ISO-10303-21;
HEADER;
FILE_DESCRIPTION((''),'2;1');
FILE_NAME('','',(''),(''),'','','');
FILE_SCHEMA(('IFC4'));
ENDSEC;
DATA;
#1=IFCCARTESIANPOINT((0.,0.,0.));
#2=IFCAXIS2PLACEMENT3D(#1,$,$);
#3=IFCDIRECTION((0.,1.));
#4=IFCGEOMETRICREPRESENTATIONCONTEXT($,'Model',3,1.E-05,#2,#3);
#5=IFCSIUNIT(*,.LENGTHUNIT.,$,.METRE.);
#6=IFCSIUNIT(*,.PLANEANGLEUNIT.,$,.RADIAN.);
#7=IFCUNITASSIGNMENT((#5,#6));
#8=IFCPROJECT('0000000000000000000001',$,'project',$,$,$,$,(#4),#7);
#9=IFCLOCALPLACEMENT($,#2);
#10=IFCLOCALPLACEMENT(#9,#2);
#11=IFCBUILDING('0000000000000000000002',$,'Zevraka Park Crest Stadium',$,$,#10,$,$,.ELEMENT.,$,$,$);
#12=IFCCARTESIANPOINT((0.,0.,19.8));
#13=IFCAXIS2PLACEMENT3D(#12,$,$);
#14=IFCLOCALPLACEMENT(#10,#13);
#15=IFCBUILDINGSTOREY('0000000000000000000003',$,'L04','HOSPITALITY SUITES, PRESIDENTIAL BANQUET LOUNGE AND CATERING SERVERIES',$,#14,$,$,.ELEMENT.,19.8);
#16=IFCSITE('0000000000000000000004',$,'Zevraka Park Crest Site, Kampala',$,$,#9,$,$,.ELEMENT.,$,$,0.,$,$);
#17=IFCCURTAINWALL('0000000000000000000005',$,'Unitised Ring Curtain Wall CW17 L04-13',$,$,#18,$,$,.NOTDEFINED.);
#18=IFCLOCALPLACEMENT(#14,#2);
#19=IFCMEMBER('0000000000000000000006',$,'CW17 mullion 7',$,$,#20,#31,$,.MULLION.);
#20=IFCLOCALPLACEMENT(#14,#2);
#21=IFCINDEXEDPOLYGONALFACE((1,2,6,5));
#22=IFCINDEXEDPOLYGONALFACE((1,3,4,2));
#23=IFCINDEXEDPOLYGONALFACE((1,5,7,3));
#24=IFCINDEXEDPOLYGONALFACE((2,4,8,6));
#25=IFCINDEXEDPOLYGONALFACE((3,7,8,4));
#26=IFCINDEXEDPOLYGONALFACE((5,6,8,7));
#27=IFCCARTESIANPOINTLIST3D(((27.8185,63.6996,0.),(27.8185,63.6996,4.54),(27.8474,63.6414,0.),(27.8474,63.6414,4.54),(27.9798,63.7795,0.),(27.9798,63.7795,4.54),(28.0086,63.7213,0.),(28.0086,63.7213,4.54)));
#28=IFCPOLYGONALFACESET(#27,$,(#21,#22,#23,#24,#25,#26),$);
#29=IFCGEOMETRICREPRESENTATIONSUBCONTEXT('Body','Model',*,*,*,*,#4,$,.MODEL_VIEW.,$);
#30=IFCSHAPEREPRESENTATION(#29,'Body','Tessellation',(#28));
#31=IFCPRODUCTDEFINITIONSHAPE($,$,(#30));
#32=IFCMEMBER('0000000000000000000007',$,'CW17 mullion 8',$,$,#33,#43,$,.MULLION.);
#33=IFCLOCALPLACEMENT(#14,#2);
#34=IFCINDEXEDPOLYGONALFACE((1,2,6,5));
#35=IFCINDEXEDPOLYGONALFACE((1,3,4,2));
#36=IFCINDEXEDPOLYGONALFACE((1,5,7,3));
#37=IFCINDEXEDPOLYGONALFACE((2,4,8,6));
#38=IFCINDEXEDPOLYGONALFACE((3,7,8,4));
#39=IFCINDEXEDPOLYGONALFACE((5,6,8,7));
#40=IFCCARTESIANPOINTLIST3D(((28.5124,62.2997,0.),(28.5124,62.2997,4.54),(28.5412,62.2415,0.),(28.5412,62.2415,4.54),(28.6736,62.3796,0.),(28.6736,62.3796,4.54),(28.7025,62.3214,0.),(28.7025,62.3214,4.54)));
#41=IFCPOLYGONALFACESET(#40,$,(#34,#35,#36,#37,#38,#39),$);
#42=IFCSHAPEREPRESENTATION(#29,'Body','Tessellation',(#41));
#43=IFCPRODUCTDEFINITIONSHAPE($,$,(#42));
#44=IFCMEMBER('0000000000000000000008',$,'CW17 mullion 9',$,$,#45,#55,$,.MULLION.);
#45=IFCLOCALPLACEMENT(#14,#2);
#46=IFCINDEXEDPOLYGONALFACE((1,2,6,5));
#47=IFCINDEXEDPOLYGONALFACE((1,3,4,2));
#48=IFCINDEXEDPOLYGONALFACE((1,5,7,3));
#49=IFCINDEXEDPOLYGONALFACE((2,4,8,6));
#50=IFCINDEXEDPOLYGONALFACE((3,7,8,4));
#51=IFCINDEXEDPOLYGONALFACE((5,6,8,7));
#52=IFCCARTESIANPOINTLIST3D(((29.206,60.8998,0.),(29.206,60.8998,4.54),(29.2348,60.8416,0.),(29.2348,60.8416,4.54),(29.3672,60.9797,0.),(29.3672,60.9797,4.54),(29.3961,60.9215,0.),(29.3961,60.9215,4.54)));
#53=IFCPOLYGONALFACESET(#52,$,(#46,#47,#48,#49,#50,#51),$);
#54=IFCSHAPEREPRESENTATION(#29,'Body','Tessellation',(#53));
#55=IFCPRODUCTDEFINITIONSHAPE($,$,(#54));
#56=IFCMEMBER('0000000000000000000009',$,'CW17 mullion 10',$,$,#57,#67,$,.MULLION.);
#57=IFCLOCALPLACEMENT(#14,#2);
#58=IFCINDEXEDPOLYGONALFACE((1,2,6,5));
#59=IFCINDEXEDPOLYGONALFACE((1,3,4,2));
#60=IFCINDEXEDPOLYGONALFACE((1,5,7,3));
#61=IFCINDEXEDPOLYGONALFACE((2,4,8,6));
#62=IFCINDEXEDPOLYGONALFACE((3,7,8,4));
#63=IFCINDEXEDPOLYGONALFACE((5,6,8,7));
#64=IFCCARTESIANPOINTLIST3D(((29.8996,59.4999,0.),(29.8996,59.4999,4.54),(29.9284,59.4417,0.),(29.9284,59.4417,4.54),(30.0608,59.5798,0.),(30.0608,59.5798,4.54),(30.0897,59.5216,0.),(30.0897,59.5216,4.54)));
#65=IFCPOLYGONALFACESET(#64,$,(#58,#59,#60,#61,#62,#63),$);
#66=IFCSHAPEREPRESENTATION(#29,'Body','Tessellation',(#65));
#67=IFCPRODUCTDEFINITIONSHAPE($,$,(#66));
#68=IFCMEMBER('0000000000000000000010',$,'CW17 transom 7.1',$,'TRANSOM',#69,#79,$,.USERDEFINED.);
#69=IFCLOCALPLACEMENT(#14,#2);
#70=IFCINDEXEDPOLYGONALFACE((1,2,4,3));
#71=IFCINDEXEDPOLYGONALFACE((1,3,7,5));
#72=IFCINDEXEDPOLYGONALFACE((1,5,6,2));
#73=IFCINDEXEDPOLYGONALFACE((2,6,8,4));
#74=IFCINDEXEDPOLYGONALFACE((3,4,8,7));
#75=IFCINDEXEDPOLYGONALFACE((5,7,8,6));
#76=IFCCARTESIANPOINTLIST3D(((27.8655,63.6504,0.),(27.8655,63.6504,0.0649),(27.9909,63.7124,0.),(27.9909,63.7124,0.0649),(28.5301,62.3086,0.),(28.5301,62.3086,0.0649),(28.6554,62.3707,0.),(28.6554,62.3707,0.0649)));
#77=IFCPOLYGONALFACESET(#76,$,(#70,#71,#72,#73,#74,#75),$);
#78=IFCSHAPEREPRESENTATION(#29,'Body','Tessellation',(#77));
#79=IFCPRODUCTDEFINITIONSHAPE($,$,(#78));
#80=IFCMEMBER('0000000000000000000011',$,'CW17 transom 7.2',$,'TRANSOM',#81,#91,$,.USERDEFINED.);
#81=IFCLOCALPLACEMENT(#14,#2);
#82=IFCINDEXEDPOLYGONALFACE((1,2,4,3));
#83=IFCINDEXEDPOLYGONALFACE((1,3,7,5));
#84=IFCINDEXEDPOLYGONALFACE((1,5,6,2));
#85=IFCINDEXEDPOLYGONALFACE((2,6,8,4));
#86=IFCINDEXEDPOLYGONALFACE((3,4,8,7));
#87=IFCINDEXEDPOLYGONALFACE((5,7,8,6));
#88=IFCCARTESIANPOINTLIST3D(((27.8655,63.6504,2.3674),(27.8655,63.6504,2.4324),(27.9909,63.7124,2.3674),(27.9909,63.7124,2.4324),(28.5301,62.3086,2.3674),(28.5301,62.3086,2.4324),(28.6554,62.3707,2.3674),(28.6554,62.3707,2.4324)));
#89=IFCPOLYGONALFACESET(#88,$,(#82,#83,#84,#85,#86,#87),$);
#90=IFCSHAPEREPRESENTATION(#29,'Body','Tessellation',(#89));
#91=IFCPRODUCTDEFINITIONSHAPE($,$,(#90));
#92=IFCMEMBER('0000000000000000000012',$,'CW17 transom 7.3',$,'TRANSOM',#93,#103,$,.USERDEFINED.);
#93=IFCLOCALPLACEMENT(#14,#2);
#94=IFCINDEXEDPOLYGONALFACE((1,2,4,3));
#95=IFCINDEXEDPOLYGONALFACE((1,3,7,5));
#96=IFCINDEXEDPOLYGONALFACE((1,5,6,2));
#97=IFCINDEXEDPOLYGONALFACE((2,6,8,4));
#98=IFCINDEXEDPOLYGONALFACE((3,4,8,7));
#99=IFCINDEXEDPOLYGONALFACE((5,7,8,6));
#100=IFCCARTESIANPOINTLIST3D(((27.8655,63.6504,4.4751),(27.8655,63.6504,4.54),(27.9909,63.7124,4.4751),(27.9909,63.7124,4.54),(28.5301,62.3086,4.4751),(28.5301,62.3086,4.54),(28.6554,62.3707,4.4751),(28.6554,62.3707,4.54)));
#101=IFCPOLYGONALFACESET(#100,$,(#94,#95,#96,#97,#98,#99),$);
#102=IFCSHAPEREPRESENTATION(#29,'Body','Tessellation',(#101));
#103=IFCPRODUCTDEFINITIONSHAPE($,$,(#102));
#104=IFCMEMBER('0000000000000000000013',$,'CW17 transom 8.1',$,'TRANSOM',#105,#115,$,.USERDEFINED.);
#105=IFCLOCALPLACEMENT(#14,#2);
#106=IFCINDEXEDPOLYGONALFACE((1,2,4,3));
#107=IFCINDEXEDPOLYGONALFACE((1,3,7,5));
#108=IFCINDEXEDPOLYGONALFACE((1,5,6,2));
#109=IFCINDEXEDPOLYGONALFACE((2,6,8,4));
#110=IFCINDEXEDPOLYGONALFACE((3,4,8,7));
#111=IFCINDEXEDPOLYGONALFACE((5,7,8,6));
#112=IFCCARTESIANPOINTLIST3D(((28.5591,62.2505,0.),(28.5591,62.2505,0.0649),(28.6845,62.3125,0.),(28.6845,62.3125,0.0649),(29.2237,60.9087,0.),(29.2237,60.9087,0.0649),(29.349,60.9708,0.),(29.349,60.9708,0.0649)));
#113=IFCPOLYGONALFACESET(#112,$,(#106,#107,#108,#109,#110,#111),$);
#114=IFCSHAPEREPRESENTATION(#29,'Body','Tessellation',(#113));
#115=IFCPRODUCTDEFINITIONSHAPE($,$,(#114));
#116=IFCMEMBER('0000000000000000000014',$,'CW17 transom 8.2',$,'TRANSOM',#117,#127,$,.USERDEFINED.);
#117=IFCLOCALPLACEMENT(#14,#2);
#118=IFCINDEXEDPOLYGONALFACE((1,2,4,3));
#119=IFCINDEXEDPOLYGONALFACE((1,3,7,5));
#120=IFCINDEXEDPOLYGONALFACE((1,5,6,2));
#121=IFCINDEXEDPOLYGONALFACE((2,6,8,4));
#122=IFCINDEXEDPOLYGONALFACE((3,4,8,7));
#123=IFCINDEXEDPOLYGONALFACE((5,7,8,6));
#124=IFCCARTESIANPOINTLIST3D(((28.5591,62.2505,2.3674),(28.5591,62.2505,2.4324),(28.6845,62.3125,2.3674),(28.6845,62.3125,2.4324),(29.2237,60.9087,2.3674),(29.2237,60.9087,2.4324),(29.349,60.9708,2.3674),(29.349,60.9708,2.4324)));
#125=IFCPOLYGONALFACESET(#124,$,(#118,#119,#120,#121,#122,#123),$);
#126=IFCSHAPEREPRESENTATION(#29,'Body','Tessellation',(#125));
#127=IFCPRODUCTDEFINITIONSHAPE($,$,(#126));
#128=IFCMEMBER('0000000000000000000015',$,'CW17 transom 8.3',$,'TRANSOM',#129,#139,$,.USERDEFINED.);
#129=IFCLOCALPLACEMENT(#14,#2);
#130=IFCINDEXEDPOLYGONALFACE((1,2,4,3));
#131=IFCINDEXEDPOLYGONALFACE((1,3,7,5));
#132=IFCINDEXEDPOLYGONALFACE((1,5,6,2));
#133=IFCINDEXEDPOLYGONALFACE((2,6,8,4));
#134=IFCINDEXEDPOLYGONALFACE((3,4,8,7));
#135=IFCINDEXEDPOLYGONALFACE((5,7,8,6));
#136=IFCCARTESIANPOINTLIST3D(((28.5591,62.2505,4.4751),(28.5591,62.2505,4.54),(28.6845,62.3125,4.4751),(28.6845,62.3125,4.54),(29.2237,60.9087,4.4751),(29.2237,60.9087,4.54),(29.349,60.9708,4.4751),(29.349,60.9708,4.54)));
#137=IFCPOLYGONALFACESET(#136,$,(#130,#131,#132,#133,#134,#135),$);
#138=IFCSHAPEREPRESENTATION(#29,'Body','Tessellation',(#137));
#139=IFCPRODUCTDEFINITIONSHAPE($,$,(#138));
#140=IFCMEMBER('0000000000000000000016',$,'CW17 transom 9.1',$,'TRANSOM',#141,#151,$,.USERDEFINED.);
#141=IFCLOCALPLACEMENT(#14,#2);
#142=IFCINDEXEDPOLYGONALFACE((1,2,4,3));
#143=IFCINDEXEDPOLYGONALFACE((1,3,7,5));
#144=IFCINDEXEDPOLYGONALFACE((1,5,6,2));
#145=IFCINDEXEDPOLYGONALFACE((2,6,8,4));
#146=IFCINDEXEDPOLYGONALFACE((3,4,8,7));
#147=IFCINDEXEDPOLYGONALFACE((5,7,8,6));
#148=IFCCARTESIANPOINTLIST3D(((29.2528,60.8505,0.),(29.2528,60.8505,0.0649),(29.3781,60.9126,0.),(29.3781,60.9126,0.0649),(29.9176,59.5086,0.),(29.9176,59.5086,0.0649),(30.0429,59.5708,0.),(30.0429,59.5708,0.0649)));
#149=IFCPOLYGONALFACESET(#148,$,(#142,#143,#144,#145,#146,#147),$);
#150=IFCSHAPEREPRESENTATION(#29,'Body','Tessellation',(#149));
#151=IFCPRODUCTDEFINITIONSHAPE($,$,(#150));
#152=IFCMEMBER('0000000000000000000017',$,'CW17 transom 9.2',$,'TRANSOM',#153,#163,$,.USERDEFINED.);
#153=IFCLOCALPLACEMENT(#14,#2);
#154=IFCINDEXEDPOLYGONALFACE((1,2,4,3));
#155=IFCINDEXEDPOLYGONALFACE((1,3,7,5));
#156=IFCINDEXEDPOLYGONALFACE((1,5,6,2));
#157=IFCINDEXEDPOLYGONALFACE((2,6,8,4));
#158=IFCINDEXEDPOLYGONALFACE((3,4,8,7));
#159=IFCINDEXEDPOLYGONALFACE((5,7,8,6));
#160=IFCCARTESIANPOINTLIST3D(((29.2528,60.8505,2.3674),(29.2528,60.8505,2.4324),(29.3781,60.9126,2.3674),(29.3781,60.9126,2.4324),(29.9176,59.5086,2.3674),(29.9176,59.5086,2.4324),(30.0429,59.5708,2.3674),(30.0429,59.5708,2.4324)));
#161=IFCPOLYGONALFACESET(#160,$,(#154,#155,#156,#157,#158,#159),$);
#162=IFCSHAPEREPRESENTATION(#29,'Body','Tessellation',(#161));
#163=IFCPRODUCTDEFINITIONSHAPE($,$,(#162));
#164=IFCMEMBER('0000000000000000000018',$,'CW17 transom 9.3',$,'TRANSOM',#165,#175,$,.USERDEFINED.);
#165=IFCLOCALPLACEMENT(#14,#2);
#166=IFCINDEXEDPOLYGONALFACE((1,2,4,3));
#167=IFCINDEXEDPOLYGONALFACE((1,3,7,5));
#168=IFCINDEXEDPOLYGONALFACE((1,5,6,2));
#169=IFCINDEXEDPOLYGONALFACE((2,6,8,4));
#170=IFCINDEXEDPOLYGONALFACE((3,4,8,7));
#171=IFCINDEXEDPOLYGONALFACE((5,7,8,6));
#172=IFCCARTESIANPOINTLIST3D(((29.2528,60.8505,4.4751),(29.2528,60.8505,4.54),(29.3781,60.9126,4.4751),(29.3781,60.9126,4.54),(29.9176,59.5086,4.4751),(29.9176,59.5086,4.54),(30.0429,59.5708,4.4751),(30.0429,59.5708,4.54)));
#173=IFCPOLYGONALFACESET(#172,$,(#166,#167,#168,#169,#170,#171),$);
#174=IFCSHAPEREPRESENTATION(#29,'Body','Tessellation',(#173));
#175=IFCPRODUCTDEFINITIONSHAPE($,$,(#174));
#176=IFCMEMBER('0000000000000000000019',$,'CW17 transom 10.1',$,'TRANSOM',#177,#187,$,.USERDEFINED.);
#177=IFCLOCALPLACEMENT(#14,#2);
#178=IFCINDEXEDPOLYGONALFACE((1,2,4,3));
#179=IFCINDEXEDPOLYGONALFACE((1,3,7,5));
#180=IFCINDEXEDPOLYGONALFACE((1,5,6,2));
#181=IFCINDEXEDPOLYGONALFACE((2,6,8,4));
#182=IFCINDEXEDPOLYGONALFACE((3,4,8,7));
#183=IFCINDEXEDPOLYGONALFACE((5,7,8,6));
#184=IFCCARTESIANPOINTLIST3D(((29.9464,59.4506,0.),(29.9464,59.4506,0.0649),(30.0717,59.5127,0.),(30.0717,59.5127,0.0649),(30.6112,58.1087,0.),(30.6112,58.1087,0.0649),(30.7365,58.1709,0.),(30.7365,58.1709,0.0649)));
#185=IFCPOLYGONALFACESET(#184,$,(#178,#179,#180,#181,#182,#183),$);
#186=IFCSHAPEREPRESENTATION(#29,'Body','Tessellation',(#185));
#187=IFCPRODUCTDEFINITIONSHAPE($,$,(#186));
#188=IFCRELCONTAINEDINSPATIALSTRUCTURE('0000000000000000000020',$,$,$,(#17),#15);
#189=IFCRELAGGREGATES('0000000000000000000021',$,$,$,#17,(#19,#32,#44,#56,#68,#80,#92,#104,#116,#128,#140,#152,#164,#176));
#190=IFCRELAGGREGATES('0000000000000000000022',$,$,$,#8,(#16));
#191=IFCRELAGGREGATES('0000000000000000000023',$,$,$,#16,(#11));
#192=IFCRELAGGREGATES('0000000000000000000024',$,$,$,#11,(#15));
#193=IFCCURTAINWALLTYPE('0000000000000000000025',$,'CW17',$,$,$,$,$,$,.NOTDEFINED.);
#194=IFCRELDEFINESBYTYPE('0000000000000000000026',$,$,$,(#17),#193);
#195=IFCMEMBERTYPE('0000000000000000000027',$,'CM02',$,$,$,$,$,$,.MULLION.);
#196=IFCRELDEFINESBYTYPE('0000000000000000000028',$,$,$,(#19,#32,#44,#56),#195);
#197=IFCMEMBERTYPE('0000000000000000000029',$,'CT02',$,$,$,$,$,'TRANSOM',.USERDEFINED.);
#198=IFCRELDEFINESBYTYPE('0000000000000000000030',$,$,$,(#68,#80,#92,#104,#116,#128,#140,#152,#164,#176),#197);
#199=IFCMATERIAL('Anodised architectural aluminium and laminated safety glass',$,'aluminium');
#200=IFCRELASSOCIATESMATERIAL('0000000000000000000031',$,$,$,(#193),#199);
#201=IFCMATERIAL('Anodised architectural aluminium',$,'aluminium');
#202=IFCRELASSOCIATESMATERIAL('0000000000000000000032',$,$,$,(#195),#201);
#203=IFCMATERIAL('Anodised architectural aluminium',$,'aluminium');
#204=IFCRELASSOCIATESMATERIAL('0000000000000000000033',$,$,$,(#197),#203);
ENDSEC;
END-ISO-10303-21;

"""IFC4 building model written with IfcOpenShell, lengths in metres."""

from ifc_helpers import new_model, si_unit, direction, frame, origin, origin_2d, place, context, subcontext, project, spatial, rectangle, extrude, material, material_profile, profile_set, type_object, element, aggregate, save


model = new_model("IFC4")

# Units and contexts
model_context = context("Model", 3, precision=1e-05, world=origin(), true_north=direction((0.0, 1.0)))
body_context = subcontext(model_context, "Body", "Model", "MODEL_VIEW")
ifc_project = project(units=[si_unit("LENGTHUNIT", "METRE"), si_unit("PLANEANGLEUNIT", "RADIAN")], contexts=[model_context])

# Site, building, storey
site_placement = place(None, origin())
site = spatial("IfcSite", under=ifc_project, at=site_placement, Name="Zevraka Park Crest Site, Kampala", CompositionType="ELEMENT", RefElevation=0.0)
building_placement = place(site_placement, origin())
building = spatial("IfcBuilding", under=site, at=building_placement, Name="Zevraka Park Crest Stadium", CompositionType="ELEMENT")
storey_placement = place(building_placement, frame((0.0, 0.0, 19.8)))
storey = spatial("IfcBuildingStorey", under=building, at=storey_placement, Name="L04", Description="HOSPITALITY SUITES, PRESIDENTIAL BANQUET LOUNGE AND CATERING SERVERIES", CompositionType="ELEMENT", Elevation=19.8)

# Curtain wall, members
ifc_material_1 = material(Name="Anodised architectural aluminium and laminated safety glass", Category="aluminium")
curtain_wall_type = type_object("IfcCurtainWallType", Name="CW17", PredefinedType="NOTDEFINED", material=ifc_material_1)
curtain_wall_placement = place(storey_placement, origin())
curtain_wall = element("IfcCurtainWall", 1, at=curtain_wall_placement, inside=storey, type_object=curtain_wall_type, Name="Unitised Ring Curtain Wall CW17 L04-13", PredefinedType="NOTDEFINED")
ifc_material_2 = material(Name="Anodised architectural aluminium", Category="aluminium")
ifc_material_profile_1 = material_profile(ifc_material_2, rectangle(XDim=0.1799, YDim=0.0649, at=origin_2d()), Name="ALU MULLION 180x65")
ifc_profile_set_1 = profile_set([ifc_material_profile_1], Name="Anodised architectural aluminium")
member_type_1 = type_object("IfcMemberType", Name="CM02", PredefinedType="MULLION", material=ifc_profile_set_1)
member_1_placement = place(storey_placement, frame((27.9136, 63.7104, 0.0), z_axis=(0.0, 0.0, 1.0), x_axis=(0.896046, 0.443961, 0.0)))
member_1 = element("IfcMember", 2, at=member_1_placement, type_object=member_type_1, Name="CW17 mullion 7", PredefinedType="MULLION", context=body_context, shape_type="SweptSolid", body=[
    extrude(rectangle(XDim=0.1799, YDim=0.0649, at=origin_2d()), origin(), (0.0, 0.0, 1.0), 4.54),
])
member_2_placement = place(storey_placement, frame((28.6074, 62.3105, 0.0), z_axis=(0.0, 0.0, 1.0), x_axis=(0.896046, 0.443961, 0.0)))
member_2 = element("IfcMember", 3, at=member_2_placement, type_object=member_type_1, Name="CW17 mullion 8", PredefinedType="MULLION", context=body_context, shape_type="SweptSolid", body=[
    extrude(rectangle(XDim=0.1799, YDim=0.0649, at=origin_2d()), origin(), (0.0, 0.0, 1.0), 4.54),
])
member_3_placement = place(storey_placement, frame((29.301, 60.9106, 0.0), z_axis=(0.0, 0.0, 1.0), x_axis=(0.896046, 0.443961, 0.0)))
member_3 = element("IfcMember", 4, at=member_3_placement, type_object=member_type_1, Name="CW17 mullion 9", PredefinedType="MULLION", context=body_context, shape_type="SweptSolid", body=[
    extrude(rectangle(XDim=0.1799, YDim=0.0649, at=origin_2d()), origin(), (0.0, 0.0, 1.0), 4.54),
])
member_4_placement = place(storey_placement, frame((29.9946, 59.5107, 0.0), z_axis=(0.0, 0.0, 1.0), x_axis=(0.896046, 0.443961, 0.0)))
member_4 = element("IfcMember", 5, at=member_4_placement, type_object=member_type_1, Name="CW17 mullion 10", PredefinedType="MULLION", context=body_context, shape_type="SweptSolid", body=[
    extrude(rectangle(XDim=0.1799, YDim=0.0649, at=origin_2d()), origin(), (0.0, 0.0, 1.0), 4.54),
])
ifc_material_3 = material(Name="Anodised architectural aluminium", Category="aluminium")
ifc_material_profile_2 = material_profile(ifc_material_3, rectangle(XDim=0.1399, YDim=0.0649, at=origin_2d()), Name="ALU TRANSOM 140x65")
ifc_profile_set_2 = profile_set([ifc_material_profile_2], Name="Anodised architectural aluminium")
member_type_2 = type_object("IfcMemberType", Name="CT02", ElementType="TRANSOM", PredefinedType="USERDEFINED", material=ifc_profile_set_2)
member_5_placement = place(storey_placement, frame((27.9282, 63.6814, 0.0325), z_axis=(0.443819, -0.896116, 0.0), x_axis=(0.896116, 0.443819, 0.0)))
member_5 = element("IfcMember", 6, at=member_5_placement, type_object=member_type_2, Name="CW17 transom 7.1", ObjectType="TRANSOM", PredefinedType="USERDEFINED", context=body_context, shape_type="SweptSolid", body=[
    extrude(rectangle(XDim=0.1399, YDim=0.0649, at=origin_2d()), origin(), (0.0, 0.0, 1.0), 1.4973),
])
member_6_placement = place(storey_placement, frame((27.9282, 63.6814, 2.3999), z_axis=(0.443819, -0.896116, 0.0), x_axis=(0.896116, 0.443819, 0.0)))
member_6 = element("IfcMember", 7, at=member_6_placement, type_object=member_type_2, Name="CW17 transom 7.2", ObjectType="TRANSOM", PredefinedType="USERDEFINED", context=body_context, shape_type="SweptSolid", body=[
    extrude(rectangle(XDim=0.1399, YDim=0.0649, at=origin_2d()), origin(), (0.0, 0.0, 1.0), 1.4973),
])
member_7_placement = place(storey_placement, frame((27.9282, 63.6814, 4.5076), z_axis=(0.443819, -0.896116, 0.0), x_axis=(0.896116, 0.443819, 0.0)))
member_7 = element("IfcMember", 8, at=member_7_placement, type_object=member_type_2, Name="CW17 transom 7.3", ObjectType="TRANSOM", PredefinedType="USERDEFINED", context=body_context, shape_type="SweptSolid", body=[
    extrude(rectangle(XDim=0.1399, YDim=0.0649, at=origin_2d()), origin(), (0.0, 0.0, 1.0), 1.4973),
])
member_8_placement = place(storey_placement, frame((28.6218, 62.2815, 0.0325), z_axis=(0.443819, -0.896116, 0.0), x_axis=(0.896116, 0.443819, 0.0)))
member_8 = element("IfcMember", 9, at=member_8_placement, type_object=member_type_2, Name="CW17 transom 8.1", ObjectType="TRANSOM", PredefinedType="USERDEFINED", context=body_context, shape_type="SweptSolid", body=[
    extrude(rectangle(XDim=0.1399, YDim=0.0649, at=origin_2d()), origin(), (0.0, 0.0, 1.0), 1.4973),
])
member_9_placement = place(storey_placement, frame((28.6218, 62.2815, 2.3999), z_axis=(0.443819, -0.896116, 0.0), x_axis=(0.896116, 0.443819, 0.0)))
member_9 = element("IfcMember", 10, at=member_9_placement, type_object=member_type_2, Name="CW17 transom 8.2", ObjectType="TRANSOM", PredefinedType="USERDEFINED", context=body_context, shape_type="SweptSolid", body=[
    extrude(rectangle(XDim=0.1399, YDim=0.0649, at=origin_2d()), origin(), (0.0, 0.0, 1.0), 1.4973),
])
member_10_placement = place(storey_placement, frame((28.6218, 62.2815, 4.5076), z_axis=(0.443819, -0.896116, 0.0), x_axis=(0.896116, 0.443819, 0.0)))
member_10 = element("IfcMember", 11, at=member_10_placement, type_object=member_type_2, Name="CW17 transom 8.3", ObjectType="TRANSOM", PredefinedType="USERDEFINED", context=body_context, shape_type="SweptSolid", body=[
    extrude(rectangle(XDim=0.1399, YDim=0.0649, at=origin_2d()), origin(), (0.0, 0.0, 1.0), 1.4973),
])
member_11_placement = place(storey_placement, frame((29.3154, 60.8816, 0.0325), z_axis=(0.44395, -0.896052, 0.0), x_axis=(0.896052, 0.44395, 0.0)))
member_11 = element("IfcMember", 12, at=member_11_placement, type_object=member_type_2, Name="CW17 transom 9.1", ObjectType="TRANSOM", PredefinedType="USERDEFINED", context=body_context, shape_type="SweptSolid", body=[
    extrude(rectangle(XDim=0.1399, YDim=0.0649, at=origin_2d()), origin(), (0.0, 0.0, 1.0), 1.4976),
])
member_12_placement = place(storey_placement, frame((29.3154, 60.8816, 2.3999), z_axis=(0.44395, -0.896052, 0.0), x_axis=(0.896052, 0.44395, 0.0)))
member_12 = element("IfcMember", 13, at=member_12_placement, type_object=member_type_2, Name="CW17 transom 9.2", ObjectType="TRANSOM", PredefinedType="USERDEFINED", context=body_context, shape_type="SweptSolid", body=[
    extrude(rectangle(XDim=0.1399, YDim=0.0649, at=origin_2d()), origin(), (0.0, 0.0, 1.0), 1.4976),
])
member_13_placement = place(storey_placement, frame((29.3154, 60.8816, 4.5076), z_axis=(0.44395, -0.896052, 0.0), x_axis=(0.896052, 0.44395, 0.0)))
member_13 = element("IfcMember", 14, at=member_13_placement, type_object=member_type_2, Name="CW17 transom 9.3", ObjectType="TRANSOM", PredefinedType="USERDEFINED", context=body_context, shape_type="SweptSolid", body=[
    extrude(rectangle(XDim=0.1399, YDim=0.0649, at=origin_2d()), origin(), (0.0, 0.0, 1.0), 1.4976),
])
member_14_placement = place(storey_placement, frame((30.009, 59.4817, 0.0325), z_axis=(0.44395, -0.896052, 0.0), x_axis=(0.896052, 0.44395, 0.0)))
member_14 = element("IfcMember", 15, at=member_14_placement, type_object=member_type_2, Name="CW17 transom 10.1", ObjectType="TRANSOM", PredefinedType="USERDEFINED", context=body_context, shape_type="SweptSolid", body=[
    extrude(rectangle(XDim=0.1399, YDim=0.0649, at=origin_2d()), origin(), (0.0, 0.0, 1.0), 1.4976),
])
aggregate(curtain_wall, [member_1, member_2, member_3, member_4, member_5, member_6, member_7, member_8, member_9, member_10, member_11, member_12, member_13, member_14])

save(model, "model.ifc")
